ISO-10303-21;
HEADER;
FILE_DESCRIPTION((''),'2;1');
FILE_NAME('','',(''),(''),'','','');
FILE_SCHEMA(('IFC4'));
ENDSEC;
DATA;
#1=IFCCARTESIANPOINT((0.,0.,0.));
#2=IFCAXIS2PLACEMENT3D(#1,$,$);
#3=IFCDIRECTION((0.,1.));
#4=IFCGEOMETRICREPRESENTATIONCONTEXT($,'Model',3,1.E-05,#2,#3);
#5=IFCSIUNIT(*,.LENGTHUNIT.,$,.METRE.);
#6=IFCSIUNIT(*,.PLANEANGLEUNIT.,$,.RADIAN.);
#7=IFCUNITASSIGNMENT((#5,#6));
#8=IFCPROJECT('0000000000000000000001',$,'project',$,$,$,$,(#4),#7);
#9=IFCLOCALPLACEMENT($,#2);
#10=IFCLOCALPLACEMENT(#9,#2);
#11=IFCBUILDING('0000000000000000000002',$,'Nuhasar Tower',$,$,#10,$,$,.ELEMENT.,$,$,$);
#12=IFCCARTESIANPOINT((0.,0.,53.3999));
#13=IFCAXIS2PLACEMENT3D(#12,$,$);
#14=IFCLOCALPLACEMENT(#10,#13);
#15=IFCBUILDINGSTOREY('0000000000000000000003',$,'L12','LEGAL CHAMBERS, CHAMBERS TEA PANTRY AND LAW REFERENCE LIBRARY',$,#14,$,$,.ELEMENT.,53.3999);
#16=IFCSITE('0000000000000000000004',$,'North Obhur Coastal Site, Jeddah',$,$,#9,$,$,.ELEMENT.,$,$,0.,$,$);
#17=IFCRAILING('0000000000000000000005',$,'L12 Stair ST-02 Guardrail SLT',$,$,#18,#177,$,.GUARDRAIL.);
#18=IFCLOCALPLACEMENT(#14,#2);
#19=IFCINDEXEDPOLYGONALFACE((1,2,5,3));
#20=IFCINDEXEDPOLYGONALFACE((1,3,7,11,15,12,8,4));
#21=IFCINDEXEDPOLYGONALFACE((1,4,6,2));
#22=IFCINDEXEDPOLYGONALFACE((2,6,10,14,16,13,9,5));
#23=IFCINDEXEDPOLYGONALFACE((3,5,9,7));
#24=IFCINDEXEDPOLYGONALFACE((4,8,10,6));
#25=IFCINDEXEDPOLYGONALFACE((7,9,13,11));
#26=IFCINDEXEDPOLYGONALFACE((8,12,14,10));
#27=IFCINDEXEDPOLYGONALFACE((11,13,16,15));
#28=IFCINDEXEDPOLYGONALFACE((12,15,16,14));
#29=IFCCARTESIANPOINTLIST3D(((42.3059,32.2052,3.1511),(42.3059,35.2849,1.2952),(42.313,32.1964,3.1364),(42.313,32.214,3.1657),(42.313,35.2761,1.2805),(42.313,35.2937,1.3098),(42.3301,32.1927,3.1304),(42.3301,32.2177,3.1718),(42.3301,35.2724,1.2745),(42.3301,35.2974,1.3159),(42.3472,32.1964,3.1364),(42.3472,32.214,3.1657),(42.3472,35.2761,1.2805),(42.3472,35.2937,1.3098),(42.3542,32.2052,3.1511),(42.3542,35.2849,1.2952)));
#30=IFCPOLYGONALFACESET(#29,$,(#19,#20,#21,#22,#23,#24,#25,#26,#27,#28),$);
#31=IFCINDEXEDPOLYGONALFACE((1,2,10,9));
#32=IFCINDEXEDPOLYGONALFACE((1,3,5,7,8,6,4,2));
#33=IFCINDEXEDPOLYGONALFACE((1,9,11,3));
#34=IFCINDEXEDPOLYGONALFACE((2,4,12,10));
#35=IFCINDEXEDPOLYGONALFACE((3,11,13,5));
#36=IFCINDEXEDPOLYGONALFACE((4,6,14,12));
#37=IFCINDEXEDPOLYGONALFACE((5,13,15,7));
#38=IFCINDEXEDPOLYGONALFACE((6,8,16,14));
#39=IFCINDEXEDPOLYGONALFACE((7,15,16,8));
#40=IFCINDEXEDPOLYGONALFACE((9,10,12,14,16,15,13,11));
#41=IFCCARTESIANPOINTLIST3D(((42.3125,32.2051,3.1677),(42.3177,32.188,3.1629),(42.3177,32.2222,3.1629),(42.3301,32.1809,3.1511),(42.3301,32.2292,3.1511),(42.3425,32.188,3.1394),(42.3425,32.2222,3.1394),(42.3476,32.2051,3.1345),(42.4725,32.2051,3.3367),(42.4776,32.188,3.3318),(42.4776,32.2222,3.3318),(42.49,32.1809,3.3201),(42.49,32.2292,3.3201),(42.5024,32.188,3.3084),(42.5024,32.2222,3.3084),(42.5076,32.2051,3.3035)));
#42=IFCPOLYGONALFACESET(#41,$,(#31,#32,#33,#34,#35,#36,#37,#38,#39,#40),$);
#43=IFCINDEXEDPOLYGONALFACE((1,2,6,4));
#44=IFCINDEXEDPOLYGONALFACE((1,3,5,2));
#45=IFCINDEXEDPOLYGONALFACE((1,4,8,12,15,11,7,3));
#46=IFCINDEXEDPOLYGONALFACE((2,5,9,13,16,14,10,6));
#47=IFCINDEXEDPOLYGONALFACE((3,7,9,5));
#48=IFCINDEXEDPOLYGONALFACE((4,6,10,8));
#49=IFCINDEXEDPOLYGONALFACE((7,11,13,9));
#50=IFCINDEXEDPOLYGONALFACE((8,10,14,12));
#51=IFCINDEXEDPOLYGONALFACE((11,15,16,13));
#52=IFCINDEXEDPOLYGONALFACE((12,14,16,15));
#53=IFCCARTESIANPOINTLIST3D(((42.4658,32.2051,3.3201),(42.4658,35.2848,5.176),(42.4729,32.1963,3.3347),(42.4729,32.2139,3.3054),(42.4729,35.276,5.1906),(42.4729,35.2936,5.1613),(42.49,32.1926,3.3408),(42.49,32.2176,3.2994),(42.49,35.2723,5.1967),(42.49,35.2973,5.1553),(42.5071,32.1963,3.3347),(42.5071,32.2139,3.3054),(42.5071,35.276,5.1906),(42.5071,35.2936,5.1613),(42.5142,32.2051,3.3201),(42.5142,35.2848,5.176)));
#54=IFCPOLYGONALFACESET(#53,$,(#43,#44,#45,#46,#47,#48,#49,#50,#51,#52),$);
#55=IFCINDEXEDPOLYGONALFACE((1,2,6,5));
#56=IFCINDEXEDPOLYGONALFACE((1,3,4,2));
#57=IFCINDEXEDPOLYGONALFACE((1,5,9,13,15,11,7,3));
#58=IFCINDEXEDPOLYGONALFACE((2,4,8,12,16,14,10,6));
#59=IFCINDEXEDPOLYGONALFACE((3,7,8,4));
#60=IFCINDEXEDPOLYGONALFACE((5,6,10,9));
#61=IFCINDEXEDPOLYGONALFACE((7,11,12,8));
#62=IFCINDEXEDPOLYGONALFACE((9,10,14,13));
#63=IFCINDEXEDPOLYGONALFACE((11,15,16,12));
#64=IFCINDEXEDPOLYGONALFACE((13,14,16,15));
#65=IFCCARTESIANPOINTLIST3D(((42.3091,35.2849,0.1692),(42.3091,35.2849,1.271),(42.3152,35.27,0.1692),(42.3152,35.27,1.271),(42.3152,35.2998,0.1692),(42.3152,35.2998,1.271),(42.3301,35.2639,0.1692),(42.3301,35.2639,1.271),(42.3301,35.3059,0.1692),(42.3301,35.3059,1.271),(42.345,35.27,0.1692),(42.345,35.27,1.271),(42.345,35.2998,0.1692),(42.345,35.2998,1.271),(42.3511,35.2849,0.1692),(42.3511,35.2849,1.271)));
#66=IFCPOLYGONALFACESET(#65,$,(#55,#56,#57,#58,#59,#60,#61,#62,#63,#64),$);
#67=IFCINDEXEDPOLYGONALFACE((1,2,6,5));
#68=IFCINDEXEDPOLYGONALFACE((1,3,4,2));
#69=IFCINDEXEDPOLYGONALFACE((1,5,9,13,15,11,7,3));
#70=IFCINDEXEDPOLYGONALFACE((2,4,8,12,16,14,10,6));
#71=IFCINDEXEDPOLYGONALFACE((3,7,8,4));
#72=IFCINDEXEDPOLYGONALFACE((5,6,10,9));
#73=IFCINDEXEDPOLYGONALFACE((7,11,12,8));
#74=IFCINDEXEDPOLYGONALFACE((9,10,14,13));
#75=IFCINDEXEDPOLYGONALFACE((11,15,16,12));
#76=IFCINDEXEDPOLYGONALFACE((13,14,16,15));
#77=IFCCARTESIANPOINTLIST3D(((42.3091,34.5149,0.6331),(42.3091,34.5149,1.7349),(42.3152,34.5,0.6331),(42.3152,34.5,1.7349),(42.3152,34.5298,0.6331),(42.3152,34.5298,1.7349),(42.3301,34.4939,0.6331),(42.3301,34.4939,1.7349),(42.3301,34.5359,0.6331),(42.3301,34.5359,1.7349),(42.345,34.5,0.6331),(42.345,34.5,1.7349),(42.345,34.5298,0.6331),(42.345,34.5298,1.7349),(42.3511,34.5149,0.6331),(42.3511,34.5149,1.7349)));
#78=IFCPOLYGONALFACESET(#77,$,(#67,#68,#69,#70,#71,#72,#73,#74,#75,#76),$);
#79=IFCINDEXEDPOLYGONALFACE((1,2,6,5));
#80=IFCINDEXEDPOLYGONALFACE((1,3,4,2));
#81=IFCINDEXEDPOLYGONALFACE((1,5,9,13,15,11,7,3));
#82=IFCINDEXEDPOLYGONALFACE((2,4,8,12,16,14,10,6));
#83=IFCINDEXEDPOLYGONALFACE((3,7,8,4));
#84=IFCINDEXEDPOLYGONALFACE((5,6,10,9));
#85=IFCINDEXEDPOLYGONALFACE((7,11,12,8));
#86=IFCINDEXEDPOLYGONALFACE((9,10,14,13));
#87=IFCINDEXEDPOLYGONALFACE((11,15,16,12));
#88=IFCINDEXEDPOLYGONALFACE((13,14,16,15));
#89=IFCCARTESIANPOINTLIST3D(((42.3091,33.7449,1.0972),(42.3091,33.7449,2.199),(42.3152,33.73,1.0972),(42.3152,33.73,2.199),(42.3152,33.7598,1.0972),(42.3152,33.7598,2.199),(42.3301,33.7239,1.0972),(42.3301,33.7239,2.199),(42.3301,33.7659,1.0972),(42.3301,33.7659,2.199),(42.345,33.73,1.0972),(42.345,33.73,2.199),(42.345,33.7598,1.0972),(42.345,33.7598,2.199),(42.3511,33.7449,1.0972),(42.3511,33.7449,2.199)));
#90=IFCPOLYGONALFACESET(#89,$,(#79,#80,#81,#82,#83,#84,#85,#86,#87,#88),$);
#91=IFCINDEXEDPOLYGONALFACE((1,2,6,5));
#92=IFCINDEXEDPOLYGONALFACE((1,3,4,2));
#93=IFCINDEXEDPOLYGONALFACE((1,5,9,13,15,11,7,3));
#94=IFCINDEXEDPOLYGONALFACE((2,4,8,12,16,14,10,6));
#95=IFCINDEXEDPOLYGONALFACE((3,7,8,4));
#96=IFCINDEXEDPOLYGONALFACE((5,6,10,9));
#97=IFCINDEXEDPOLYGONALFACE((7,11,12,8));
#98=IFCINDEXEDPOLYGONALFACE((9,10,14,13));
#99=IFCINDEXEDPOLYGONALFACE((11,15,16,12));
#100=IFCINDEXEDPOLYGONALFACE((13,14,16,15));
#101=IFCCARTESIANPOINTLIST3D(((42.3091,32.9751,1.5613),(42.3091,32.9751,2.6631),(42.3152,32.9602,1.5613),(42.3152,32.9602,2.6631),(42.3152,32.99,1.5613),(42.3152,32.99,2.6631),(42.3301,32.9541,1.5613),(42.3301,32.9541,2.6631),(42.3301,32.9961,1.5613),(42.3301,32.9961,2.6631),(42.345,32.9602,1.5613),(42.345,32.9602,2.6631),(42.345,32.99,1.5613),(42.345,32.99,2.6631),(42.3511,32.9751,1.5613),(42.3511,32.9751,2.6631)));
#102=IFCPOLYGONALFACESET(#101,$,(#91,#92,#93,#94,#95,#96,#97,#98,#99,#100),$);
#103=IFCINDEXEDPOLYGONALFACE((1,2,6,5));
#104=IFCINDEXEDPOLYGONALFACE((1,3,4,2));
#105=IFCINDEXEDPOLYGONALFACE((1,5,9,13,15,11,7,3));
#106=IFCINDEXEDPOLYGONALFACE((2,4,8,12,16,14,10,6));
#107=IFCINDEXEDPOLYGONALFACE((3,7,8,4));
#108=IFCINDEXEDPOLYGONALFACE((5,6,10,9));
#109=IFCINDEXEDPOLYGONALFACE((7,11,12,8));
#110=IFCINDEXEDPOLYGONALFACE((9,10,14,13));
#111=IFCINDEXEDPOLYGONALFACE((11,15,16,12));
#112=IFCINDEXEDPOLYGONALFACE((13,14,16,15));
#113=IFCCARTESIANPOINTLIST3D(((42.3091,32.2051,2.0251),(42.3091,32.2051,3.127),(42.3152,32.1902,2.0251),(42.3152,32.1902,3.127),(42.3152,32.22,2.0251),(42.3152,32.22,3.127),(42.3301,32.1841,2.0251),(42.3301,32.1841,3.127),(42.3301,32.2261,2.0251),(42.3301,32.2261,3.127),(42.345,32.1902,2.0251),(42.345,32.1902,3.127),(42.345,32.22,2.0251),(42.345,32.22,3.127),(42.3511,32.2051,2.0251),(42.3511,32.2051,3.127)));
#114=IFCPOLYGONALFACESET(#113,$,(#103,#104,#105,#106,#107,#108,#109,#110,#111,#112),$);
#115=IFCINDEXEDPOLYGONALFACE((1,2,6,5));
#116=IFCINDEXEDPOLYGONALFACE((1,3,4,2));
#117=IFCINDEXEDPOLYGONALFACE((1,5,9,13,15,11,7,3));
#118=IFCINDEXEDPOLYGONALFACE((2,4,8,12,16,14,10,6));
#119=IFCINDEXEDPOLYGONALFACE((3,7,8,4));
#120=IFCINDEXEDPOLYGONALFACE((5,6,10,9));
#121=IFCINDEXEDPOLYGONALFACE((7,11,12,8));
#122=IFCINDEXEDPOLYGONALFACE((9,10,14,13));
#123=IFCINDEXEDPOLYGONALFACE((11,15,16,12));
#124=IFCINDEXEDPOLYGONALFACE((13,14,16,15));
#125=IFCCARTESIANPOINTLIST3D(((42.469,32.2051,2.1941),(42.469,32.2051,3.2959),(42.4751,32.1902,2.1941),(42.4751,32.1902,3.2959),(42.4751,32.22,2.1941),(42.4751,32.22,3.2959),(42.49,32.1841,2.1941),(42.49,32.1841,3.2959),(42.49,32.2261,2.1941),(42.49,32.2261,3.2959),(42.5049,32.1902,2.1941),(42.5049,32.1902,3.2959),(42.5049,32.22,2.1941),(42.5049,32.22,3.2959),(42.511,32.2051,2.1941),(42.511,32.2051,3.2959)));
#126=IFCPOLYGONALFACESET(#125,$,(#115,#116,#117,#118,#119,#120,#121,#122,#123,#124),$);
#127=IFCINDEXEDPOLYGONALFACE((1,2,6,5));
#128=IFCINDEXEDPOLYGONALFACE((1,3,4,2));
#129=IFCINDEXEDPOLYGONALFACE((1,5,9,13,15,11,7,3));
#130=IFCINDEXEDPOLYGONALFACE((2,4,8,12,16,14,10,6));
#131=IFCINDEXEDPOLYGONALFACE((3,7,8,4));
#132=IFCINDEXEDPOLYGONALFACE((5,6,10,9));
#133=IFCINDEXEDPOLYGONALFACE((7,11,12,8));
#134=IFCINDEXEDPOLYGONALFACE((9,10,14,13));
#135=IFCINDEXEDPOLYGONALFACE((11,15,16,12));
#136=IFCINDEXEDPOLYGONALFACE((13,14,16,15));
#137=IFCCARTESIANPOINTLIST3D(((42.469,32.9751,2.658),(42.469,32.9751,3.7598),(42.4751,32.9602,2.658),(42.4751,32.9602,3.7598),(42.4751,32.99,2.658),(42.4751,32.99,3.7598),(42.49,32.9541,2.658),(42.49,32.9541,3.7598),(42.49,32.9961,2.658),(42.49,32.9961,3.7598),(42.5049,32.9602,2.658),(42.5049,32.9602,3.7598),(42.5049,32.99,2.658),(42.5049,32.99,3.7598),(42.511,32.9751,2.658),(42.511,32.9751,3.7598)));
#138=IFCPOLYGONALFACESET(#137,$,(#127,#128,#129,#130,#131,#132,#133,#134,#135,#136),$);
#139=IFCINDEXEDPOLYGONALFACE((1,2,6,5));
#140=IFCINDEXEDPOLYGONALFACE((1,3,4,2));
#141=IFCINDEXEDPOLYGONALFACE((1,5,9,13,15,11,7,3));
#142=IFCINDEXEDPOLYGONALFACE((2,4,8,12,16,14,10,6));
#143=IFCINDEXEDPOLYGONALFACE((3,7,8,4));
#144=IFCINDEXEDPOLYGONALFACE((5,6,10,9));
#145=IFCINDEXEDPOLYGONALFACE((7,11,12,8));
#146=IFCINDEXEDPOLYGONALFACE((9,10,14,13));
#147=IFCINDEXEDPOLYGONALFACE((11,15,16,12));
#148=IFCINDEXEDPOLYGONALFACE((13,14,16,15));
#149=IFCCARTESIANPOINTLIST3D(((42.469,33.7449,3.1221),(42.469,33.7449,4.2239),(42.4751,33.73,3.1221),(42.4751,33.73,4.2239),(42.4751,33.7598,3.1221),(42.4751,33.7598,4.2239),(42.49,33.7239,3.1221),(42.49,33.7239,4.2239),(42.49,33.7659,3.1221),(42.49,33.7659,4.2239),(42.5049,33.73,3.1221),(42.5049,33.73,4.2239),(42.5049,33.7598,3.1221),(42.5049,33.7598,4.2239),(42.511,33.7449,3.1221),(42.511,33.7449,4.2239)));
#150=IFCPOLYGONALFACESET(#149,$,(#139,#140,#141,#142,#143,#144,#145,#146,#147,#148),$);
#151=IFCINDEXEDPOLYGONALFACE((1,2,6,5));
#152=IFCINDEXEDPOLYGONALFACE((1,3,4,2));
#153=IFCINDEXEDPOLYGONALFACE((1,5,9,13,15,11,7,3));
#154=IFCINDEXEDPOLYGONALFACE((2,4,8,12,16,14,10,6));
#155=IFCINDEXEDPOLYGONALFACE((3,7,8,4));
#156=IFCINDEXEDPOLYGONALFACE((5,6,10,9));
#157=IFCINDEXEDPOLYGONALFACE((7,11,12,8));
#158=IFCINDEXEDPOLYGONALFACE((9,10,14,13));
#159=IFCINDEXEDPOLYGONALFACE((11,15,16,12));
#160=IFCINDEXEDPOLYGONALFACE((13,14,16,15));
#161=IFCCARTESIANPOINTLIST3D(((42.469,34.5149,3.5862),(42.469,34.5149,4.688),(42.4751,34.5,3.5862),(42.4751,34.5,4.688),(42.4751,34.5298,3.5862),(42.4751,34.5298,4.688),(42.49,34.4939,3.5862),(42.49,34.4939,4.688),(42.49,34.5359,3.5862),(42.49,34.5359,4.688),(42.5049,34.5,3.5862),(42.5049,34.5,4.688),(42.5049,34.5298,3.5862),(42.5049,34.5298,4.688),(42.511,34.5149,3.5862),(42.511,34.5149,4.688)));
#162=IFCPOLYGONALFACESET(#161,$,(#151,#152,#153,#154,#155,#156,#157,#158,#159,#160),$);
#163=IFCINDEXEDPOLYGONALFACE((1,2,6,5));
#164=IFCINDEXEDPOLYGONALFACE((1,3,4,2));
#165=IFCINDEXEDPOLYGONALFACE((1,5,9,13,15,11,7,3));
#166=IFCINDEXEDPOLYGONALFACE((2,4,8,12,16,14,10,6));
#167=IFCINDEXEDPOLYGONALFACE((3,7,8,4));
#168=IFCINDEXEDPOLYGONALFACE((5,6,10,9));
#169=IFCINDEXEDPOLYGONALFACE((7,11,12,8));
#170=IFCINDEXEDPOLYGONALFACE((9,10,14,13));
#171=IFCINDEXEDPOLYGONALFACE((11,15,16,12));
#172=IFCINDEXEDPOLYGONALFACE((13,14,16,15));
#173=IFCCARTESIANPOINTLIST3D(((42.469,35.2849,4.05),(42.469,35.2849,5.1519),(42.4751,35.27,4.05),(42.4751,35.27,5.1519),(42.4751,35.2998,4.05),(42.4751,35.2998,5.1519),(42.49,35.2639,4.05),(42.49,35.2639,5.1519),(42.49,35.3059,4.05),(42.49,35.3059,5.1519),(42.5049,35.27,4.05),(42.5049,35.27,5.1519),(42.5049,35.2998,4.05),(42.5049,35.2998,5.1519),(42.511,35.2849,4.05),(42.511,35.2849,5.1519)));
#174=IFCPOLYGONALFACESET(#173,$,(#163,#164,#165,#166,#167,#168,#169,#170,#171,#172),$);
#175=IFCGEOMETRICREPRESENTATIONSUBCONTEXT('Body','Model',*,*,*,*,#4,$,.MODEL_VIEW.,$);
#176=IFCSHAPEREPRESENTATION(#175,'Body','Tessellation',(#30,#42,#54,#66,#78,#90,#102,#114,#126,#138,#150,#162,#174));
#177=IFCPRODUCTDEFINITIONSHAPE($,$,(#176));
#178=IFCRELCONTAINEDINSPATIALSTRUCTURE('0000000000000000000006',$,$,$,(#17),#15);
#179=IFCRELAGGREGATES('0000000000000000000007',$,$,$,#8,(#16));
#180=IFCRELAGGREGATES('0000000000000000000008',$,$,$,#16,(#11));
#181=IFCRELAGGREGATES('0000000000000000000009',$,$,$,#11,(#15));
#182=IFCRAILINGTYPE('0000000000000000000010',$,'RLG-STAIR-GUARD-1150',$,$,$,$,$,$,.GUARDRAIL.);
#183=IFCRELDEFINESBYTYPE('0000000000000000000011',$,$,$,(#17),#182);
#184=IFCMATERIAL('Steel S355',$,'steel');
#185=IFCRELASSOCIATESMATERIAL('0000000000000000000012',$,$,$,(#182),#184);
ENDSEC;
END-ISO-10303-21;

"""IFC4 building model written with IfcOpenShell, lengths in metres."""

from ifc_helpers import new_model, si_unit, direction, frame, origin, place, context, subcontext, project, spatial, polyline, outline, extrude, material, type_object, element, save


model = new_model("IFC4")

# Units and contexts
model_context = context("Model", 3, precision=1e-05, world=origin(), true_north=direction((0.0, 1.0)))
body_context = subcontext(model_context, "Body", "Model", "MODEL_VIEW")
ifc_project = project(units=[si_unit("LENGTHUNIT", "METRE"), si_unit("PLANEANGLEUNIT", "RADIAN")], contexts=[model_context])

# Site, building, storey
site_placement = place(None, origin())
site = spatial("IfcSite", under=ifc_project, at=site_placement, Name="North Obhur Coastal Site, Jeddah", CompositionType="ELEMENT", RefElevation=0.0)
building_placement = place(site_placement, origin())
building = spatial("IfcBuilding", under=site, at=building_placement, Name="Nuhasar Tower", CompositionType="ELEMENT")
storey_placement = place(building_placement, frame((0.0, 0.0, 53.3999)))
storey = spatial("IfcBuildingStorey", under=building, at=storey_placement, Name="L12", Description="LEGAL CHAMBERS, CHAMBERS TEA PANTRY AND LAW REFERENCE LIBRARY", CompositionType="ELEMENT", Elevation=53.3999)

# Shared definitions
ifc_material_1 = material(Name="Steel S355", Category="steel")

# Railing
railing_type_1 = type_object("IfcRailingType", Name="RLG-STAIR-GUARD-1150", PredefinedType="GUARDRAIL", material=ifc_material_1)
railing_1_placement = place(storey_placement, frame((42.3301, 35.2849, 0.1692)))
element("IfcRailing", 1, at=railing_1_placement, inside=storey, type_object=railing_type_1, Name="L12 Stair ST-02 Guardrail SLT", PredefinedType="GUARDRAIL", context=body_context, shape_type="SweptSolid", body=[
    extrude(outline(polyline([(0.0242, 0.0), (0.0171, 0.0171), (0.0, 0.0242), (-0.0171, 0.0171), (-0.0242, 0.0), (-0.0171, -0.0171), (0.0, -0.0242), (0.0171, -0.0171), (0.0242, 0.0)])), frame((0.0, 0.0, 1.126), z_axis=(0.0, -0.856503, 0.516142), x_axis=(1.0, 0.0, 0.0)), (0.0, 0.0, 1.0), 3.5957),
    extrude(outline(polyline([(0.0242, 0.0), (0.0171, 0.0171), (0.0, 0.0242), (-0.0171, 0.0171), (-0.0242, 0.0), (-0.0171, -0.0171), (0.0, -0.0242), (0.0171, -0.0171), (0.0242, 0.0)])), frame((0.0, -3.0798, 2.9819), z_axis=(0.687424, 0.0, 0.726256), x_axis=(0.0, 1.0, 0.0)), (0.0, 0.0, 1.0), 0.2327),
    extrude(outline(polyline([(0.0242, 0.0), (0.0171, 0.0171), (0.0, 0.0242), (-0.0171, 0.0171), (-0.0242, 0.0), (-0.0171, -0.0171), (0.0, -0.0242), (0.0171, -0.0171), (0.0242, 0.0)])), frame((0.1599, -3.0798, 3.1509), z_axis=(0.0, 0.856503, 0.516142), x_axis=(-1.0, 0.0, 0.0)), (0.0, 0.0, 1.0), 3.5957),
    extrude(outline(polyline([(0.021, 0.0), (0.0149, 0.0149), (0.0, 0.021), (-0.0149, 0.0149), (-0.021, 0.0), (-0.0149, -0.0149), (0.0, -0.021), (0.0149, -0.0149), (0.021, 0.0)])), origin(), (0.0, 0.0, 1.0), 1.1018),
    extrude(outline(polyline([(0.021, 0.0), (0.0149, 0.0149), (0.0, 0.021), (-0.0149, 0.0149), (-0.021, 0.0), (-0.0149, -0.0149), (0.0, -0.021), (0.0149, -0.0149), (0.021, 0.0)])), frame((0.0, -0.77, 0.4639)), (0.0, 0.0, 1.0), 1.1018),
    extrude(outline(polyline([(0.021, 0.0), (0.0149, 0.0149), (0.0, 0.021), (-0.0149, 0.0149), (-0.021, 0.0), (-0.0149, -0.0149), (0.0, -0.021), (0.0149, -0.0149), (0.021, 0.0)])), frame((0.0, -1.54, 0.928)), (0.0, 0.0, 1.0), 1.1018),
    extrude(outline(polyline([(0.021, 0.0), (0.0149, 0.0149), (0.0, 0.021), (-0.0149, 0.0149), (-0.021, 0.0), (-0.0149, -0.0149), (0.0, -0.021), (0.0149, -0.0149), (0.021, 0.0)])), frame((0.0, -2.3098, 1.3921)), (0.0, 0.0, 1.0), 1.1018),
    extrude(outline(polyline([(0.021, 0.0), (0.0149, 0.0149), (0.0, 0.021), (-0.0149, 0.0149), (-0.021, 0.0), (-0.0149, -0.0149), (0.0, -0.021), (0.0149, -0.0149), (0.021, 0.0)])), frame((0.0, -3.0798, 1.856)), (0.0, 0.0, 1.0), 1.1018),
    extrude(outline(polyline([(0.021, 0.0), (0.0149, 0.0149), (0.0, 0.021), (-0.0149, 0.0149), (-0.021, 0.0), (-0.0149, -0.0149), (0.0, -0.021), (0.0149, -0.0149), (0.021, 0.0)])), frame((0.1599, -3.0798, 2.0249)), (0.0, 0.0, 1.0), 1.1018),
    extrude(outline(polyline([(0.021, 0.0), (0.0149, 0.0149), (0.0, 0.021), (-0.0149, 0.0149), (-0.021, 0.0), (-0.0149, -0.0149), (0.0, -0.021), (0.0149, -0.0149), (0.021, 0.0)])), frame((0.1599, -2.3098, 2.4888)), (0.0, 0.0, 1.0), 1.1018),
    extrude(outline(polyline([(0.021, 0.0), (0.0149, 0.0149), (0.0, 0.021), (-0.0149, 0.0149), (-0.021, 0.0), (-0.0149, -0.0149), (0.0, -0.021), (0.0149, -0.0149), (0.021, 0.0)])), frame((0.1599, -1.54, 2.9529)), (0.0, 0.0, 1.0), 1.1018),
    extrude(outline(polyline([(0.021, 0.0), (0.0149, 0.0149), (0.0, 0.021), (-0.0149, 0.0149), (-0.021, 0.0), (-0.0149, -0.0149), (0.0, -0.021), (0.0149, -0.0149), (0.021, 0.0)])), frame((0.1599, -0.77, 3.417)), (0.0, 0.0, 1.0), 1.1018),
    extrude(outline(polyline([(0.021, 0.0), (0.0149, 0.0149), (0.0, 0.021), (-0.0149, 0.0149), (-0.021, 0.0), (-0.0149, -0.0149), (0.0, -0.021), (0.0149, -0.0149), (0.021, 0.0)])), frame((0.1599, 0.0, 3.8809)), (0.0, 0.0, 1.0), 1.1018),
])

save(model, "model.ifc")
